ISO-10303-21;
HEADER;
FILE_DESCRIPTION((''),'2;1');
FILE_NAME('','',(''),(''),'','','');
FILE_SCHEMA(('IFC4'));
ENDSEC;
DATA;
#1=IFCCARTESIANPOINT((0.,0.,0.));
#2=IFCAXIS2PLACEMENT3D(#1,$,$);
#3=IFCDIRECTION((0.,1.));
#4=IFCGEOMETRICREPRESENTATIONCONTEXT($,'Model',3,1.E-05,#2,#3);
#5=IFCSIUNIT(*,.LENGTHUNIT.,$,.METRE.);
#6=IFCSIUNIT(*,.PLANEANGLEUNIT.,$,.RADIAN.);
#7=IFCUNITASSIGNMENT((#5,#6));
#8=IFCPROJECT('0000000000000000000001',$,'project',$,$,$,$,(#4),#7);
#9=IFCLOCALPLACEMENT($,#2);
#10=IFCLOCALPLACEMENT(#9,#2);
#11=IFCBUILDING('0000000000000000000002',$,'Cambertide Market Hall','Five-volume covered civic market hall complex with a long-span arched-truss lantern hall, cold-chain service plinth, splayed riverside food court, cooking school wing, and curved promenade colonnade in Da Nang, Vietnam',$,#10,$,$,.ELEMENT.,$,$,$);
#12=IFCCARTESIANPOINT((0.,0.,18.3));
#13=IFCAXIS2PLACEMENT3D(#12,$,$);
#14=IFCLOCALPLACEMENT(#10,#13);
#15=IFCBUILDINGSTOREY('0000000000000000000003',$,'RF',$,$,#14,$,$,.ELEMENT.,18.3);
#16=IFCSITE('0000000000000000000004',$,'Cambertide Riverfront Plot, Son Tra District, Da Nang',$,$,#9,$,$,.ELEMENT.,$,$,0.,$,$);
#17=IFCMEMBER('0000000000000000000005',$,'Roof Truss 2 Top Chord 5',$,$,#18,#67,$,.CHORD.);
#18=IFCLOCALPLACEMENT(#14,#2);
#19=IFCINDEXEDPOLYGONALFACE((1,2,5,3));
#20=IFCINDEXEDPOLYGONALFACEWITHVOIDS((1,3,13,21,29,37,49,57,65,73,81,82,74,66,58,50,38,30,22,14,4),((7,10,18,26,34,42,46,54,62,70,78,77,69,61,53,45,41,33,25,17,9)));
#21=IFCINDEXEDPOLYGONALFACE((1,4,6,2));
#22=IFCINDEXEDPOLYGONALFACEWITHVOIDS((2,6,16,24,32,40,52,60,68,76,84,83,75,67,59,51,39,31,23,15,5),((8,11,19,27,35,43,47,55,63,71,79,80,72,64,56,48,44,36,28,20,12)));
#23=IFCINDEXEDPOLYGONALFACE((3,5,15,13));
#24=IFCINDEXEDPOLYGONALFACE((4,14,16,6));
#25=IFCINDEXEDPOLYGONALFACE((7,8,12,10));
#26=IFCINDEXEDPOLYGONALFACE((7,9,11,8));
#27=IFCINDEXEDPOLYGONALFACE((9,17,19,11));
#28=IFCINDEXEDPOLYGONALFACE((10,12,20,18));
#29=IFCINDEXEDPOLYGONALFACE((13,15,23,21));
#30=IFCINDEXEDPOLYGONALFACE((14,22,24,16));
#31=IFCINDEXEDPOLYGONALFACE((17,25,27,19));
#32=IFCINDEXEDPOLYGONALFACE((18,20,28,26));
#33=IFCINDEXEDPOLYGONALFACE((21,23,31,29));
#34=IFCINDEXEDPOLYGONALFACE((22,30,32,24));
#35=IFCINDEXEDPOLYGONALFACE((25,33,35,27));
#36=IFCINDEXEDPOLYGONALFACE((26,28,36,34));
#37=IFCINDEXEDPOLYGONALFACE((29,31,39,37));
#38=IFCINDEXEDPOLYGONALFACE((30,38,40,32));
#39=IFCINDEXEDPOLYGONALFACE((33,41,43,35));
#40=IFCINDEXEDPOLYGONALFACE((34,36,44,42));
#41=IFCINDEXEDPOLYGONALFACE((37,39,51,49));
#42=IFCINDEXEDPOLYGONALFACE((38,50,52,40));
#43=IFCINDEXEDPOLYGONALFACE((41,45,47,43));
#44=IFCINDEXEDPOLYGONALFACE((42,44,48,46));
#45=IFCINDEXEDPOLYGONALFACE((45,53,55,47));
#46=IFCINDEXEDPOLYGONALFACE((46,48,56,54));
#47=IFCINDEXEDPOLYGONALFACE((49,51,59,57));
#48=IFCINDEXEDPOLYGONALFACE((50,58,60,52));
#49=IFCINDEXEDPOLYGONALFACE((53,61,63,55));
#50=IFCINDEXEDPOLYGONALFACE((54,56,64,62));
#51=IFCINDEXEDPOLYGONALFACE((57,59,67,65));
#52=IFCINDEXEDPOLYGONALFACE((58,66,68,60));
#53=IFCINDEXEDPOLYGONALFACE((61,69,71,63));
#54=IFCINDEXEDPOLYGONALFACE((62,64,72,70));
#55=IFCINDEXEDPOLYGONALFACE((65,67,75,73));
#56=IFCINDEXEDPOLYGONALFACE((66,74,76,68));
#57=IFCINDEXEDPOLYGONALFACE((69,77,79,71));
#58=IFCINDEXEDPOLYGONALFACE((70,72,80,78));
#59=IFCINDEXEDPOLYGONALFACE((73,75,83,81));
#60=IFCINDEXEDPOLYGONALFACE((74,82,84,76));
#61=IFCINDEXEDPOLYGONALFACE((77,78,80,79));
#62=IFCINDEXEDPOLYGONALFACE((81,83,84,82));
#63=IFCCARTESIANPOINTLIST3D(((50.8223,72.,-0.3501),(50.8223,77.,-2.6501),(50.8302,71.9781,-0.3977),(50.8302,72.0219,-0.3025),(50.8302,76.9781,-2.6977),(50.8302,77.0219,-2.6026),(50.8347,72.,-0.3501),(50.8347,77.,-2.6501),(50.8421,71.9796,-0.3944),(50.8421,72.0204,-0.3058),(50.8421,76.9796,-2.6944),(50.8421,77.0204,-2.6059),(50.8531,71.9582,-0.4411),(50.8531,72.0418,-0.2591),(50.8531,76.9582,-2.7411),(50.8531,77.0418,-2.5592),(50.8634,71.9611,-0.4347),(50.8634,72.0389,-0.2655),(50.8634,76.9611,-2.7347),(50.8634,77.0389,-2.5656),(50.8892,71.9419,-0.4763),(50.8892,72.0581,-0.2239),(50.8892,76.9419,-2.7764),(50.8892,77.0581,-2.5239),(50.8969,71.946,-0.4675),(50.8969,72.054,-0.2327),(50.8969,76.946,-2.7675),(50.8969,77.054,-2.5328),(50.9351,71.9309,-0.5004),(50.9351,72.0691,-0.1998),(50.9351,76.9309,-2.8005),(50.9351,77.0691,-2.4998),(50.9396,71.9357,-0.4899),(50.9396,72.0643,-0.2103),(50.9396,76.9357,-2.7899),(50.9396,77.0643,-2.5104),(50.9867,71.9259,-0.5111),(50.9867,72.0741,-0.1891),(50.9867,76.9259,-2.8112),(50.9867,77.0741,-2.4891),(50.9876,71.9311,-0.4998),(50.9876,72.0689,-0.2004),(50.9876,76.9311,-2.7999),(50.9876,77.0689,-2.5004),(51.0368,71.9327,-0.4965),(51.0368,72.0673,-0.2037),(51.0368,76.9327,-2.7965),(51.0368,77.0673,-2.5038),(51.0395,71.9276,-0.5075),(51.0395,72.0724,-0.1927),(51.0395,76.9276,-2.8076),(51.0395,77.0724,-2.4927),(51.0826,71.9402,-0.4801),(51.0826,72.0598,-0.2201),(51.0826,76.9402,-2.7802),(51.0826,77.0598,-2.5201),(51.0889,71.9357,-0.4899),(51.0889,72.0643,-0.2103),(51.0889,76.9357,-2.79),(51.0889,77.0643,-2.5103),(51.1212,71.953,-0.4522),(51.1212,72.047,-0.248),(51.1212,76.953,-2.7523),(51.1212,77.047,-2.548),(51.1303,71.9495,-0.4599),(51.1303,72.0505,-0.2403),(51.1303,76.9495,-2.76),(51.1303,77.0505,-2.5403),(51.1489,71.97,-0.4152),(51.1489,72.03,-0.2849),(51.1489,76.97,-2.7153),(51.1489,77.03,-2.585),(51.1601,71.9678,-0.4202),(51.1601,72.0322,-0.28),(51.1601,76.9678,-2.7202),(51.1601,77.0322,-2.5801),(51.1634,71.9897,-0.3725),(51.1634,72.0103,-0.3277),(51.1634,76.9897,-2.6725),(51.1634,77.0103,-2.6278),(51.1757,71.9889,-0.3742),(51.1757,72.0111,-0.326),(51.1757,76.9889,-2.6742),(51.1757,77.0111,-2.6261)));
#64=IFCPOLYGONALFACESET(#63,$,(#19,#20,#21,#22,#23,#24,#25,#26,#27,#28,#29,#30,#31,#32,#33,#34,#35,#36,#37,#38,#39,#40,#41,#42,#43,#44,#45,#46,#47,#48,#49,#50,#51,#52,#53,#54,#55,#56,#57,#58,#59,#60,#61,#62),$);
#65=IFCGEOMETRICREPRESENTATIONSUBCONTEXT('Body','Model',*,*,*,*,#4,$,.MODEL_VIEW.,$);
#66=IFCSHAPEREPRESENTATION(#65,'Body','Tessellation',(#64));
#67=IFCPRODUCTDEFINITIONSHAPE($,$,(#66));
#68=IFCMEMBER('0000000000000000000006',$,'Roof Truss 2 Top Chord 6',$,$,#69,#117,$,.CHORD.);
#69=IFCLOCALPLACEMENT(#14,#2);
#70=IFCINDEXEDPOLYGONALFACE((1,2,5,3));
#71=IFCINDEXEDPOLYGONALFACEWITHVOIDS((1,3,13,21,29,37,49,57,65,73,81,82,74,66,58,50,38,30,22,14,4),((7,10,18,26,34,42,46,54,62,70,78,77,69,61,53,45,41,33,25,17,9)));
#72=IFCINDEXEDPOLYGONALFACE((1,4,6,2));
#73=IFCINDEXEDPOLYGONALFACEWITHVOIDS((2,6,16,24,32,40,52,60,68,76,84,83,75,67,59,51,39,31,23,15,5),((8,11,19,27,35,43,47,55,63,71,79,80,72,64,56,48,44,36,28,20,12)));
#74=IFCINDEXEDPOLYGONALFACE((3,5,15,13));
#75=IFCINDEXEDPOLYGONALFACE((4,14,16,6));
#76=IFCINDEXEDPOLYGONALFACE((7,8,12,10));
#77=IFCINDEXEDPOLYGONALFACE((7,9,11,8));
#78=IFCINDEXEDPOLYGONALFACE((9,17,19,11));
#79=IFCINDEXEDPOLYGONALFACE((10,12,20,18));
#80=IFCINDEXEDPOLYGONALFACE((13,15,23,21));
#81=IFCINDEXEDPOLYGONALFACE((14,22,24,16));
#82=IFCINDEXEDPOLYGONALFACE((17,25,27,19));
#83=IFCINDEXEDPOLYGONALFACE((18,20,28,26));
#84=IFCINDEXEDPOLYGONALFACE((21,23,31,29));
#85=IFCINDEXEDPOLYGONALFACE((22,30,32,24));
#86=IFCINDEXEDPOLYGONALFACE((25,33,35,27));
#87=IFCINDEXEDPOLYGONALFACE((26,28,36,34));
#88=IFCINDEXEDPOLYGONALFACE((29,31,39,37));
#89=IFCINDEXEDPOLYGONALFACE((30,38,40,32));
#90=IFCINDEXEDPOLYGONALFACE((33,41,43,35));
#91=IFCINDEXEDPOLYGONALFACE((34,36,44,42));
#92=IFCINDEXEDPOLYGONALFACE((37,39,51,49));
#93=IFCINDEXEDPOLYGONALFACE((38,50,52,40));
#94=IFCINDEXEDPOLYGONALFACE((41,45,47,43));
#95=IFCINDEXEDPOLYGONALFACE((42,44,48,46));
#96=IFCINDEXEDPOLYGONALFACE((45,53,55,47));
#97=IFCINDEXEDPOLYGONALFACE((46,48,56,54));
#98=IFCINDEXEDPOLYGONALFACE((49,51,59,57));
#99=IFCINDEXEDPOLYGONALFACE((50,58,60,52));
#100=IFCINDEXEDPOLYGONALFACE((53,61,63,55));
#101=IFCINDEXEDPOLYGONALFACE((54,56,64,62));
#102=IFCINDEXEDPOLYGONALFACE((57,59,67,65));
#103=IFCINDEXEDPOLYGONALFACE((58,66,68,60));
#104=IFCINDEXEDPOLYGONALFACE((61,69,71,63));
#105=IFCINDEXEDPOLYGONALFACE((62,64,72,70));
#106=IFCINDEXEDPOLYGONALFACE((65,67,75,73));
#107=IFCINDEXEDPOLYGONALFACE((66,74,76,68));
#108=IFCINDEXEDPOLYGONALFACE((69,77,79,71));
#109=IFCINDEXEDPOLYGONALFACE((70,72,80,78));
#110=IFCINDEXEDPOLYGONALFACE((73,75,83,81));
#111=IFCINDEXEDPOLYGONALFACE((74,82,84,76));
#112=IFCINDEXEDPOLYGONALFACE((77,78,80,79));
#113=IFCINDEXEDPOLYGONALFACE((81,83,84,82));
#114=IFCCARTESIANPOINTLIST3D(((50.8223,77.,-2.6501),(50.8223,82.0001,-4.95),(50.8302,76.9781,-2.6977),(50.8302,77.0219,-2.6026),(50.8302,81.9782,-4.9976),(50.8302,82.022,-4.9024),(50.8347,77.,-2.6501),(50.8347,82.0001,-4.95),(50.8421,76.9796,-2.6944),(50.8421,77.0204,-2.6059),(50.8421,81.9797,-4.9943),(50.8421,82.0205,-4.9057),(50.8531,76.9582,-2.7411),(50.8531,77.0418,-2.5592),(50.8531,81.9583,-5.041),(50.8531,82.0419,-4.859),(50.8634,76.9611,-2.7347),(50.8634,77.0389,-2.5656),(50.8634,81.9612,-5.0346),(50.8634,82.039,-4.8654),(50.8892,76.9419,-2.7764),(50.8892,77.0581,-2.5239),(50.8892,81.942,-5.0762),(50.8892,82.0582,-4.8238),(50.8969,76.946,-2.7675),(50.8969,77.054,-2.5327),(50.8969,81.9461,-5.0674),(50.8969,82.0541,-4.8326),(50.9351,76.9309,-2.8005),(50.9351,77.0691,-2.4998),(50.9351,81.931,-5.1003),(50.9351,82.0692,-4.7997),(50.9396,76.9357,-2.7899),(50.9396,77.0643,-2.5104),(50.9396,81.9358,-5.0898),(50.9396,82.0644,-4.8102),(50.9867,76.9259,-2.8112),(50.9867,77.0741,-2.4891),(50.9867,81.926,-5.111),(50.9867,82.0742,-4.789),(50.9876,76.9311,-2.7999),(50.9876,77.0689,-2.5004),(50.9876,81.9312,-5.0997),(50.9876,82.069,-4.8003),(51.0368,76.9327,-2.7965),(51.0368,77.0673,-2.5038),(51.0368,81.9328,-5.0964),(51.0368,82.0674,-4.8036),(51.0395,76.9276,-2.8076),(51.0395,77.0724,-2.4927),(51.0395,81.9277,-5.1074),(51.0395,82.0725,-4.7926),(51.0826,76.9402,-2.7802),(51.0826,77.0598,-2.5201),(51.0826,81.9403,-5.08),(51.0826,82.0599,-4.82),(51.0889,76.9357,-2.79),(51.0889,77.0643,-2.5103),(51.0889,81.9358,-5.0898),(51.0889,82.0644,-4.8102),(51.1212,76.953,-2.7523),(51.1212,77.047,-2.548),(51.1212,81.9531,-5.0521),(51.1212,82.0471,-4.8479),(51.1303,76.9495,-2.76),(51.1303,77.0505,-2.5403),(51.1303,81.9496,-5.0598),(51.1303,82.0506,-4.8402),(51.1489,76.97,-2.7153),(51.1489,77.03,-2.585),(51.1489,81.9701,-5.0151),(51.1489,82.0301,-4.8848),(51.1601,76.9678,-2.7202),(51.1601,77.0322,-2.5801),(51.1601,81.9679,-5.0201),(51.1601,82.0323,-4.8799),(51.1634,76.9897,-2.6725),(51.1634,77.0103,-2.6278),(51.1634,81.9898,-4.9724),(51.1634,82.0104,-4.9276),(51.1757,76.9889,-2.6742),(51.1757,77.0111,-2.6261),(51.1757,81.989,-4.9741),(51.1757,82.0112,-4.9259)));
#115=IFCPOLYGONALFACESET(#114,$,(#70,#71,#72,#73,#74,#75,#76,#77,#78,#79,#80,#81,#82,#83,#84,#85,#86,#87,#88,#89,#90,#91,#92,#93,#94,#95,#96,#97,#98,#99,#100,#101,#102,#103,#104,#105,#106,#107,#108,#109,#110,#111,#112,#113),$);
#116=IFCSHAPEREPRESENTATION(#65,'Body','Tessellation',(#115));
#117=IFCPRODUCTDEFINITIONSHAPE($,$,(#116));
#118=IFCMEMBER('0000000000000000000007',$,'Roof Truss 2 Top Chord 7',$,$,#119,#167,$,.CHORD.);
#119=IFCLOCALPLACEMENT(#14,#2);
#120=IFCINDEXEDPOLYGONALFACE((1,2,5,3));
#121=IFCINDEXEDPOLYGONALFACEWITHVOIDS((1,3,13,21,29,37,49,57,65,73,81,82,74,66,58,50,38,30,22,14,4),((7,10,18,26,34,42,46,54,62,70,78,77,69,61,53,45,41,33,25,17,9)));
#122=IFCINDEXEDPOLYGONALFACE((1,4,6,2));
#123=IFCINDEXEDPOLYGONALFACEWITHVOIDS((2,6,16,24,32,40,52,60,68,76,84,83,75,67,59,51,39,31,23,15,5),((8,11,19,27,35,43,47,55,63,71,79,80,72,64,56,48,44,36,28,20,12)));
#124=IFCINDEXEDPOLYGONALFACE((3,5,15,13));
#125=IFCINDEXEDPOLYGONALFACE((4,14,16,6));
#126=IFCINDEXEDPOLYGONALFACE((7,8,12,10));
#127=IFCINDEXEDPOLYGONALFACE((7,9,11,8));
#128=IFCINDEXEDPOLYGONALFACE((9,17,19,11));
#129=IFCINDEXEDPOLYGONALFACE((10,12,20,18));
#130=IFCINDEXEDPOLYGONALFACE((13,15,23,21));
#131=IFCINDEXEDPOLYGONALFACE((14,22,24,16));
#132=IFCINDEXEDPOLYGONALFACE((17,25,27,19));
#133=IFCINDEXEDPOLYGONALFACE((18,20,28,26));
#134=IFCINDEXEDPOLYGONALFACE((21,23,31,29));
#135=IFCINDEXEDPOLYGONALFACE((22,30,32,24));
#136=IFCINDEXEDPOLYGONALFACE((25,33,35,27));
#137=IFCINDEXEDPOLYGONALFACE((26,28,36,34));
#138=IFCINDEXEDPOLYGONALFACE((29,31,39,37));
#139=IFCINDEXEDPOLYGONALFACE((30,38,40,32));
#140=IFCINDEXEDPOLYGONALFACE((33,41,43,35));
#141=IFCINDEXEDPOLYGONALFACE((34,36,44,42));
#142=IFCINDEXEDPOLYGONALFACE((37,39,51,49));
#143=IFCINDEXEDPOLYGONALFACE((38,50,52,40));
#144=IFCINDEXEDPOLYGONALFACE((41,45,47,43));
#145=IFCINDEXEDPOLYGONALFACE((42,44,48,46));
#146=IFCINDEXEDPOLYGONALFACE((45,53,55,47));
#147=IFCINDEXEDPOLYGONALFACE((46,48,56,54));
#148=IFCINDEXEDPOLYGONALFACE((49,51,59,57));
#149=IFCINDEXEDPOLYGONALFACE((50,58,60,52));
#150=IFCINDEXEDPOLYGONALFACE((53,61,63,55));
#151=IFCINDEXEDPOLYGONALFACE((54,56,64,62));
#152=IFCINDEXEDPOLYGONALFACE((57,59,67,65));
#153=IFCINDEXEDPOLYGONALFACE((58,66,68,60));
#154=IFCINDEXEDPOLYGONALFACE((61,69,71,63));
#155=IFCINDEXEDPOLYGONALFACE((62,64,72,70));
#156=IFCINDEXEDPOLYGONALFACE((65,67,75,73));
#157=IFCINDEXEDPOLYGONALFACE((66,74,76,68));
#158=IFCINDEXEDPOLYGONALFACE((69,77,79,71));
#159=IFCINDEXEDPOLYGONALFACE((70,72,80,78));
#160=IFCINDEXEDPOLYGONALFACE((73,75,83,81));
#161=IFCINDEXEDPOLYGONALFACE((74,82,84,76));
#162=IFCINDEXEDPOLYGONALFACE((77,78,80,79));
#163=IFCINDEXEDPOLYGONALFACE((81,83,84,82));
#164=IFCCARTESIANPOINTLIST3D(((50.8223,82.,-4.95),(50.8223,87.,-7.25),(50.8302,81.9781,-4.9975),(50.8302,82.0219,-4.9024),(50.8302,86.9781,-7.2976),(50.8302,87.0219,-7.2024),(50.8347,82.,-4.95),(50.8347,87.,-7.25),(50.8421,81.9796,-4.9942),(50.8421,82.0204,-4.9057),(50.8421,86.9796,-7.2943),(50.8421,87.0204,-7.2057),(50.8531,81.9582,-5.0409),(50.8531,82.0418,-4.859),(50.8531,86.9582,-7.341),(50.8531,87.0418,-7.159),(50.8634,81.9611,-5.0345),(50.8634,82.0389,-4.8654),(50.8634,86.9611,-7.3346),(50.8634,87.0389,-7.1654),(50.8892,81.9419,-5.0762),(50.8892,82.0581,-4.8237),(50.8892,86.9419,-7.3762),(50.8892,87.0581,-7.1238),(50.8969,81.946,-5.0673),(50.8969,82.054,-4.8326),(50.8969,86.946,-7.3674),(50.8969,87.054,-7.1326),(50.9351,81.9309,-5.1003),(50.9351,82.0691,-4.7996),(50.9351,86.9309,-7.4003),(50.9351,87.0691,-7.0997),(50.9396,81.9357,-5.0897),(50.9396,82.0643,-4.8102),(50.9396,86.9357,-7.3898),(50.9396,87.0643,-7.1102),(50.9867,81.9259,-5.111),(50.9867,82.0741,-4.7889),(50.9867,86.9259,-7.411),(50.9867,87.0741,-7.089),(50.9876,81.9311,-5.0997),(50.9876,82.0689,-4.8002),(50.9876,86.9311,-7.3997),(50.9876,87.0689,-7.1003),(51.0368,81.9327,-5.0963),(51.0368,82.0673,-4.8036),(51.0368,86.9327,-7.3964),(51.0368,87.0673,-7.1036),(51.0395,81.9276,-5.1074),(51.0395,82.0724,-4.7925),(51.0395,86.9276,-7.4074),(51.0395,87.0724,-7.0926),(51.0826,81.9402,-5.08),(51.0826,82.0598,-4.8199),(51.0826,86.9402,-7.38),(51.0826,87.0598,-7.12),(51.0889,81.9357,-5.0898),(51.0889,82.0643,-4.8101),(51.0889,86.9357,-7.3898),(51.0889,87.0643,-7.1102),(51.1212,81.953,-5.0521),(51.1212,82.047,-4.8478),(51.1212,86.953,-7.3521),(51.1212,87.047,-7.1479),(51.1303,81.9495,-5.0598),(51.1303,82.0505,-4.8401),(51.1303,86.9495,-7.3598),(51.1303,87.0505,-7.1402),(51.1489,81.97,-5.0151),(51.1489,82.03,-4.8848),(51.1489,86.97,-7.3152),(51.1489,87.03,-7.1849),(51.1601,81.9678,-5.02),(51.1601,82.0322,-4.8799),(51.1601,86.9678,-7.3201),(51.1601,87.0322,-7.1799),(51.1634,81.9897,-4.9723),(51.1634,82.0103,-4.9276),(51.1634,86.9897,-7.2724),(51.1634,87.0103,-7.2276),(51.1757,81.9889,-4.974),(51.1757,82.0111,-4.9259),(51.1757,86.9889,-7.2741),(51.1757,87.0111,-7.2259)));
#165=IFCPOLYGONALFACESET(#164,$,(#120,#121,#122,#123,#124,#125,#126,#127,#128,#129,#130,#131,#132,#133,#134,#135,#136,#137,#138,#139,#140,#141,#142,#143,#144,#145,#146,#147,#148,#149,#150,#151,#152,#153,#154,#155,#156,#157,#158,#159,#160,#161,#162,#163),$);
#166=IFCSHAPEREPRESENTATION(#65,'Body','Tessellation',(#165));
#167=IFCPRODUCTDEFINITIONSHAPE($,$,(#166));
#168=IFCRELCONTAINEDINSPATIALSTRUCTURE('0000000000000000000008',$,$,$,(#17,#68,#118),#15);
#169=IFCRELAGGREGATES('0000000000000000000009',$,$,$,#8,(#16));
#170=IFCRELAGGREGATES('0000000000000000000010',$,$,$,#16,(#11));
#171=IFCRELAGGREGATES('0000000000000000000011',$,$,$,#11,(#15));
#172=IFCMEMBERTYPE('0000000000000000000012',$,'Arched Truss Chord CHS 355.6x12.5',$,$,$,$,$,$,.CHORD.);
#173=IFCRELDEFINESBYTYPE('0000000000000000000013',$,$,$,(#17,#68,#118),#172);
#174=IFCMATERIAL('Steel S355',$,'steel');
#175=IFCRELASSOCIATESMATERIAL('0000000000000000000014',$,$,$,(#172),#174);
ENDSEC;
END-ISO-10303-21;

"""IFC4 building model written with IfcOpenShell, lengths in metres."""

from ifc_helpers import new_model, si_unit, direction, frame, origin, origin_2d, place, context, subcontext, project, spatial, hollow_circle, extrude, material, material_profile, profile_set, type_object, element, save


model = new_model("IFC4")

# Units and contexts
model_context = context("Model", 3, precision=1e-05, world=origin(), true_north=direction((0.0, 1.0)))
body_context = subcontext(model_context, "Body", "Model", "MODEL_VIEW")
ifc_project = project(units=[si_unit("LENGTHUNIT", "METRE"), si_unit("PLANEANGLEUNIT", "RADIAN")], contexts=[model_context])

# Site, building, storey
site_placement = place(None, origin())
site = spatial("IfcSite", under=ifc_project, at=site_placement, Name="Cambertide Riverfront Plot, Son Tra District, Da Nang", CompositionType="ELEMENT", RefElevation=0.0)
building_placement = place(site_placement, origin())
building = spatial("IfcBuilding", under=site, at=building_placement, Name="Cambertide Market Hall", Description="Five-volume covered civic market hall complex with a long-span arched-truss lantern hall, cold-chain service plinth, splayed riverside food court, cooking school wing, and curved promenade colonnade in Da Nang, Vietnam", CompositionType="ELEMENT")
storey_placement = place(building_placement, frame((0.0, 0.0, 18.3)))
storey = spatial("IfcBuildingStorey", under=building, at=storey_placement, Name="RF", CompositionType="ELEMENT", Elevation=18.3)

# Members
ifc_material_1 = material(Name="Steel S355", Category="steel")
ifc_material_profile_1 = material_profile(ifc_material_1, hollow_circle(Radius=0.1777, WallThickness=0.0125, at=origin_2d()), Name="CHS 355.6x12.5")
ifc_profile_set_1 = profile_set([ifc_material_profile_1], Name="Steel S355")
member_type_1 = type_object("IfcMemberType", Name="Arched Truss Chord CHS 355.6x12.5", PredefinedType="CHORD", material=ifc_profile_set_1)
for number, where, z_axis, x_axis, name in (
    (1, (51.0, 72.0, -0.3501), (0.0, 0.908487, -0.417913), (-1.0, 0.0, 0.0), "Roof Truss 2 Top Chord 5"),
    (2, (51.0, 77.0, -2.6501), (0.0, 0.908504, -0.417876), (-1.0, 0.0, 0.0), "Roof Truss 2 Top Chord 6"),
    (3, (51.0, 82.0, -4.95), (0.0, 0.908487, -0.417913), (-1.0, 0.0, 0.0), "Roof Truss 2 Top Chord 7"),
):
    element("IfcMember", number, at=place(storey_placement, frame(where, z_axis=z_axis, x_axis=x_axis)), inside=storey, type_object=member_type_1, Name=name, PredefinedType="CHORD", context=body_context, shape_type="SweptSolid", body=[
        extrude(hollow_circle(Radius=0.1777, WallThickness=0.0125, at=origin_2d()), origin(), (0.0, 0.0, 1.0), 5.5037),
    ])

save(model, "model.ifc")
